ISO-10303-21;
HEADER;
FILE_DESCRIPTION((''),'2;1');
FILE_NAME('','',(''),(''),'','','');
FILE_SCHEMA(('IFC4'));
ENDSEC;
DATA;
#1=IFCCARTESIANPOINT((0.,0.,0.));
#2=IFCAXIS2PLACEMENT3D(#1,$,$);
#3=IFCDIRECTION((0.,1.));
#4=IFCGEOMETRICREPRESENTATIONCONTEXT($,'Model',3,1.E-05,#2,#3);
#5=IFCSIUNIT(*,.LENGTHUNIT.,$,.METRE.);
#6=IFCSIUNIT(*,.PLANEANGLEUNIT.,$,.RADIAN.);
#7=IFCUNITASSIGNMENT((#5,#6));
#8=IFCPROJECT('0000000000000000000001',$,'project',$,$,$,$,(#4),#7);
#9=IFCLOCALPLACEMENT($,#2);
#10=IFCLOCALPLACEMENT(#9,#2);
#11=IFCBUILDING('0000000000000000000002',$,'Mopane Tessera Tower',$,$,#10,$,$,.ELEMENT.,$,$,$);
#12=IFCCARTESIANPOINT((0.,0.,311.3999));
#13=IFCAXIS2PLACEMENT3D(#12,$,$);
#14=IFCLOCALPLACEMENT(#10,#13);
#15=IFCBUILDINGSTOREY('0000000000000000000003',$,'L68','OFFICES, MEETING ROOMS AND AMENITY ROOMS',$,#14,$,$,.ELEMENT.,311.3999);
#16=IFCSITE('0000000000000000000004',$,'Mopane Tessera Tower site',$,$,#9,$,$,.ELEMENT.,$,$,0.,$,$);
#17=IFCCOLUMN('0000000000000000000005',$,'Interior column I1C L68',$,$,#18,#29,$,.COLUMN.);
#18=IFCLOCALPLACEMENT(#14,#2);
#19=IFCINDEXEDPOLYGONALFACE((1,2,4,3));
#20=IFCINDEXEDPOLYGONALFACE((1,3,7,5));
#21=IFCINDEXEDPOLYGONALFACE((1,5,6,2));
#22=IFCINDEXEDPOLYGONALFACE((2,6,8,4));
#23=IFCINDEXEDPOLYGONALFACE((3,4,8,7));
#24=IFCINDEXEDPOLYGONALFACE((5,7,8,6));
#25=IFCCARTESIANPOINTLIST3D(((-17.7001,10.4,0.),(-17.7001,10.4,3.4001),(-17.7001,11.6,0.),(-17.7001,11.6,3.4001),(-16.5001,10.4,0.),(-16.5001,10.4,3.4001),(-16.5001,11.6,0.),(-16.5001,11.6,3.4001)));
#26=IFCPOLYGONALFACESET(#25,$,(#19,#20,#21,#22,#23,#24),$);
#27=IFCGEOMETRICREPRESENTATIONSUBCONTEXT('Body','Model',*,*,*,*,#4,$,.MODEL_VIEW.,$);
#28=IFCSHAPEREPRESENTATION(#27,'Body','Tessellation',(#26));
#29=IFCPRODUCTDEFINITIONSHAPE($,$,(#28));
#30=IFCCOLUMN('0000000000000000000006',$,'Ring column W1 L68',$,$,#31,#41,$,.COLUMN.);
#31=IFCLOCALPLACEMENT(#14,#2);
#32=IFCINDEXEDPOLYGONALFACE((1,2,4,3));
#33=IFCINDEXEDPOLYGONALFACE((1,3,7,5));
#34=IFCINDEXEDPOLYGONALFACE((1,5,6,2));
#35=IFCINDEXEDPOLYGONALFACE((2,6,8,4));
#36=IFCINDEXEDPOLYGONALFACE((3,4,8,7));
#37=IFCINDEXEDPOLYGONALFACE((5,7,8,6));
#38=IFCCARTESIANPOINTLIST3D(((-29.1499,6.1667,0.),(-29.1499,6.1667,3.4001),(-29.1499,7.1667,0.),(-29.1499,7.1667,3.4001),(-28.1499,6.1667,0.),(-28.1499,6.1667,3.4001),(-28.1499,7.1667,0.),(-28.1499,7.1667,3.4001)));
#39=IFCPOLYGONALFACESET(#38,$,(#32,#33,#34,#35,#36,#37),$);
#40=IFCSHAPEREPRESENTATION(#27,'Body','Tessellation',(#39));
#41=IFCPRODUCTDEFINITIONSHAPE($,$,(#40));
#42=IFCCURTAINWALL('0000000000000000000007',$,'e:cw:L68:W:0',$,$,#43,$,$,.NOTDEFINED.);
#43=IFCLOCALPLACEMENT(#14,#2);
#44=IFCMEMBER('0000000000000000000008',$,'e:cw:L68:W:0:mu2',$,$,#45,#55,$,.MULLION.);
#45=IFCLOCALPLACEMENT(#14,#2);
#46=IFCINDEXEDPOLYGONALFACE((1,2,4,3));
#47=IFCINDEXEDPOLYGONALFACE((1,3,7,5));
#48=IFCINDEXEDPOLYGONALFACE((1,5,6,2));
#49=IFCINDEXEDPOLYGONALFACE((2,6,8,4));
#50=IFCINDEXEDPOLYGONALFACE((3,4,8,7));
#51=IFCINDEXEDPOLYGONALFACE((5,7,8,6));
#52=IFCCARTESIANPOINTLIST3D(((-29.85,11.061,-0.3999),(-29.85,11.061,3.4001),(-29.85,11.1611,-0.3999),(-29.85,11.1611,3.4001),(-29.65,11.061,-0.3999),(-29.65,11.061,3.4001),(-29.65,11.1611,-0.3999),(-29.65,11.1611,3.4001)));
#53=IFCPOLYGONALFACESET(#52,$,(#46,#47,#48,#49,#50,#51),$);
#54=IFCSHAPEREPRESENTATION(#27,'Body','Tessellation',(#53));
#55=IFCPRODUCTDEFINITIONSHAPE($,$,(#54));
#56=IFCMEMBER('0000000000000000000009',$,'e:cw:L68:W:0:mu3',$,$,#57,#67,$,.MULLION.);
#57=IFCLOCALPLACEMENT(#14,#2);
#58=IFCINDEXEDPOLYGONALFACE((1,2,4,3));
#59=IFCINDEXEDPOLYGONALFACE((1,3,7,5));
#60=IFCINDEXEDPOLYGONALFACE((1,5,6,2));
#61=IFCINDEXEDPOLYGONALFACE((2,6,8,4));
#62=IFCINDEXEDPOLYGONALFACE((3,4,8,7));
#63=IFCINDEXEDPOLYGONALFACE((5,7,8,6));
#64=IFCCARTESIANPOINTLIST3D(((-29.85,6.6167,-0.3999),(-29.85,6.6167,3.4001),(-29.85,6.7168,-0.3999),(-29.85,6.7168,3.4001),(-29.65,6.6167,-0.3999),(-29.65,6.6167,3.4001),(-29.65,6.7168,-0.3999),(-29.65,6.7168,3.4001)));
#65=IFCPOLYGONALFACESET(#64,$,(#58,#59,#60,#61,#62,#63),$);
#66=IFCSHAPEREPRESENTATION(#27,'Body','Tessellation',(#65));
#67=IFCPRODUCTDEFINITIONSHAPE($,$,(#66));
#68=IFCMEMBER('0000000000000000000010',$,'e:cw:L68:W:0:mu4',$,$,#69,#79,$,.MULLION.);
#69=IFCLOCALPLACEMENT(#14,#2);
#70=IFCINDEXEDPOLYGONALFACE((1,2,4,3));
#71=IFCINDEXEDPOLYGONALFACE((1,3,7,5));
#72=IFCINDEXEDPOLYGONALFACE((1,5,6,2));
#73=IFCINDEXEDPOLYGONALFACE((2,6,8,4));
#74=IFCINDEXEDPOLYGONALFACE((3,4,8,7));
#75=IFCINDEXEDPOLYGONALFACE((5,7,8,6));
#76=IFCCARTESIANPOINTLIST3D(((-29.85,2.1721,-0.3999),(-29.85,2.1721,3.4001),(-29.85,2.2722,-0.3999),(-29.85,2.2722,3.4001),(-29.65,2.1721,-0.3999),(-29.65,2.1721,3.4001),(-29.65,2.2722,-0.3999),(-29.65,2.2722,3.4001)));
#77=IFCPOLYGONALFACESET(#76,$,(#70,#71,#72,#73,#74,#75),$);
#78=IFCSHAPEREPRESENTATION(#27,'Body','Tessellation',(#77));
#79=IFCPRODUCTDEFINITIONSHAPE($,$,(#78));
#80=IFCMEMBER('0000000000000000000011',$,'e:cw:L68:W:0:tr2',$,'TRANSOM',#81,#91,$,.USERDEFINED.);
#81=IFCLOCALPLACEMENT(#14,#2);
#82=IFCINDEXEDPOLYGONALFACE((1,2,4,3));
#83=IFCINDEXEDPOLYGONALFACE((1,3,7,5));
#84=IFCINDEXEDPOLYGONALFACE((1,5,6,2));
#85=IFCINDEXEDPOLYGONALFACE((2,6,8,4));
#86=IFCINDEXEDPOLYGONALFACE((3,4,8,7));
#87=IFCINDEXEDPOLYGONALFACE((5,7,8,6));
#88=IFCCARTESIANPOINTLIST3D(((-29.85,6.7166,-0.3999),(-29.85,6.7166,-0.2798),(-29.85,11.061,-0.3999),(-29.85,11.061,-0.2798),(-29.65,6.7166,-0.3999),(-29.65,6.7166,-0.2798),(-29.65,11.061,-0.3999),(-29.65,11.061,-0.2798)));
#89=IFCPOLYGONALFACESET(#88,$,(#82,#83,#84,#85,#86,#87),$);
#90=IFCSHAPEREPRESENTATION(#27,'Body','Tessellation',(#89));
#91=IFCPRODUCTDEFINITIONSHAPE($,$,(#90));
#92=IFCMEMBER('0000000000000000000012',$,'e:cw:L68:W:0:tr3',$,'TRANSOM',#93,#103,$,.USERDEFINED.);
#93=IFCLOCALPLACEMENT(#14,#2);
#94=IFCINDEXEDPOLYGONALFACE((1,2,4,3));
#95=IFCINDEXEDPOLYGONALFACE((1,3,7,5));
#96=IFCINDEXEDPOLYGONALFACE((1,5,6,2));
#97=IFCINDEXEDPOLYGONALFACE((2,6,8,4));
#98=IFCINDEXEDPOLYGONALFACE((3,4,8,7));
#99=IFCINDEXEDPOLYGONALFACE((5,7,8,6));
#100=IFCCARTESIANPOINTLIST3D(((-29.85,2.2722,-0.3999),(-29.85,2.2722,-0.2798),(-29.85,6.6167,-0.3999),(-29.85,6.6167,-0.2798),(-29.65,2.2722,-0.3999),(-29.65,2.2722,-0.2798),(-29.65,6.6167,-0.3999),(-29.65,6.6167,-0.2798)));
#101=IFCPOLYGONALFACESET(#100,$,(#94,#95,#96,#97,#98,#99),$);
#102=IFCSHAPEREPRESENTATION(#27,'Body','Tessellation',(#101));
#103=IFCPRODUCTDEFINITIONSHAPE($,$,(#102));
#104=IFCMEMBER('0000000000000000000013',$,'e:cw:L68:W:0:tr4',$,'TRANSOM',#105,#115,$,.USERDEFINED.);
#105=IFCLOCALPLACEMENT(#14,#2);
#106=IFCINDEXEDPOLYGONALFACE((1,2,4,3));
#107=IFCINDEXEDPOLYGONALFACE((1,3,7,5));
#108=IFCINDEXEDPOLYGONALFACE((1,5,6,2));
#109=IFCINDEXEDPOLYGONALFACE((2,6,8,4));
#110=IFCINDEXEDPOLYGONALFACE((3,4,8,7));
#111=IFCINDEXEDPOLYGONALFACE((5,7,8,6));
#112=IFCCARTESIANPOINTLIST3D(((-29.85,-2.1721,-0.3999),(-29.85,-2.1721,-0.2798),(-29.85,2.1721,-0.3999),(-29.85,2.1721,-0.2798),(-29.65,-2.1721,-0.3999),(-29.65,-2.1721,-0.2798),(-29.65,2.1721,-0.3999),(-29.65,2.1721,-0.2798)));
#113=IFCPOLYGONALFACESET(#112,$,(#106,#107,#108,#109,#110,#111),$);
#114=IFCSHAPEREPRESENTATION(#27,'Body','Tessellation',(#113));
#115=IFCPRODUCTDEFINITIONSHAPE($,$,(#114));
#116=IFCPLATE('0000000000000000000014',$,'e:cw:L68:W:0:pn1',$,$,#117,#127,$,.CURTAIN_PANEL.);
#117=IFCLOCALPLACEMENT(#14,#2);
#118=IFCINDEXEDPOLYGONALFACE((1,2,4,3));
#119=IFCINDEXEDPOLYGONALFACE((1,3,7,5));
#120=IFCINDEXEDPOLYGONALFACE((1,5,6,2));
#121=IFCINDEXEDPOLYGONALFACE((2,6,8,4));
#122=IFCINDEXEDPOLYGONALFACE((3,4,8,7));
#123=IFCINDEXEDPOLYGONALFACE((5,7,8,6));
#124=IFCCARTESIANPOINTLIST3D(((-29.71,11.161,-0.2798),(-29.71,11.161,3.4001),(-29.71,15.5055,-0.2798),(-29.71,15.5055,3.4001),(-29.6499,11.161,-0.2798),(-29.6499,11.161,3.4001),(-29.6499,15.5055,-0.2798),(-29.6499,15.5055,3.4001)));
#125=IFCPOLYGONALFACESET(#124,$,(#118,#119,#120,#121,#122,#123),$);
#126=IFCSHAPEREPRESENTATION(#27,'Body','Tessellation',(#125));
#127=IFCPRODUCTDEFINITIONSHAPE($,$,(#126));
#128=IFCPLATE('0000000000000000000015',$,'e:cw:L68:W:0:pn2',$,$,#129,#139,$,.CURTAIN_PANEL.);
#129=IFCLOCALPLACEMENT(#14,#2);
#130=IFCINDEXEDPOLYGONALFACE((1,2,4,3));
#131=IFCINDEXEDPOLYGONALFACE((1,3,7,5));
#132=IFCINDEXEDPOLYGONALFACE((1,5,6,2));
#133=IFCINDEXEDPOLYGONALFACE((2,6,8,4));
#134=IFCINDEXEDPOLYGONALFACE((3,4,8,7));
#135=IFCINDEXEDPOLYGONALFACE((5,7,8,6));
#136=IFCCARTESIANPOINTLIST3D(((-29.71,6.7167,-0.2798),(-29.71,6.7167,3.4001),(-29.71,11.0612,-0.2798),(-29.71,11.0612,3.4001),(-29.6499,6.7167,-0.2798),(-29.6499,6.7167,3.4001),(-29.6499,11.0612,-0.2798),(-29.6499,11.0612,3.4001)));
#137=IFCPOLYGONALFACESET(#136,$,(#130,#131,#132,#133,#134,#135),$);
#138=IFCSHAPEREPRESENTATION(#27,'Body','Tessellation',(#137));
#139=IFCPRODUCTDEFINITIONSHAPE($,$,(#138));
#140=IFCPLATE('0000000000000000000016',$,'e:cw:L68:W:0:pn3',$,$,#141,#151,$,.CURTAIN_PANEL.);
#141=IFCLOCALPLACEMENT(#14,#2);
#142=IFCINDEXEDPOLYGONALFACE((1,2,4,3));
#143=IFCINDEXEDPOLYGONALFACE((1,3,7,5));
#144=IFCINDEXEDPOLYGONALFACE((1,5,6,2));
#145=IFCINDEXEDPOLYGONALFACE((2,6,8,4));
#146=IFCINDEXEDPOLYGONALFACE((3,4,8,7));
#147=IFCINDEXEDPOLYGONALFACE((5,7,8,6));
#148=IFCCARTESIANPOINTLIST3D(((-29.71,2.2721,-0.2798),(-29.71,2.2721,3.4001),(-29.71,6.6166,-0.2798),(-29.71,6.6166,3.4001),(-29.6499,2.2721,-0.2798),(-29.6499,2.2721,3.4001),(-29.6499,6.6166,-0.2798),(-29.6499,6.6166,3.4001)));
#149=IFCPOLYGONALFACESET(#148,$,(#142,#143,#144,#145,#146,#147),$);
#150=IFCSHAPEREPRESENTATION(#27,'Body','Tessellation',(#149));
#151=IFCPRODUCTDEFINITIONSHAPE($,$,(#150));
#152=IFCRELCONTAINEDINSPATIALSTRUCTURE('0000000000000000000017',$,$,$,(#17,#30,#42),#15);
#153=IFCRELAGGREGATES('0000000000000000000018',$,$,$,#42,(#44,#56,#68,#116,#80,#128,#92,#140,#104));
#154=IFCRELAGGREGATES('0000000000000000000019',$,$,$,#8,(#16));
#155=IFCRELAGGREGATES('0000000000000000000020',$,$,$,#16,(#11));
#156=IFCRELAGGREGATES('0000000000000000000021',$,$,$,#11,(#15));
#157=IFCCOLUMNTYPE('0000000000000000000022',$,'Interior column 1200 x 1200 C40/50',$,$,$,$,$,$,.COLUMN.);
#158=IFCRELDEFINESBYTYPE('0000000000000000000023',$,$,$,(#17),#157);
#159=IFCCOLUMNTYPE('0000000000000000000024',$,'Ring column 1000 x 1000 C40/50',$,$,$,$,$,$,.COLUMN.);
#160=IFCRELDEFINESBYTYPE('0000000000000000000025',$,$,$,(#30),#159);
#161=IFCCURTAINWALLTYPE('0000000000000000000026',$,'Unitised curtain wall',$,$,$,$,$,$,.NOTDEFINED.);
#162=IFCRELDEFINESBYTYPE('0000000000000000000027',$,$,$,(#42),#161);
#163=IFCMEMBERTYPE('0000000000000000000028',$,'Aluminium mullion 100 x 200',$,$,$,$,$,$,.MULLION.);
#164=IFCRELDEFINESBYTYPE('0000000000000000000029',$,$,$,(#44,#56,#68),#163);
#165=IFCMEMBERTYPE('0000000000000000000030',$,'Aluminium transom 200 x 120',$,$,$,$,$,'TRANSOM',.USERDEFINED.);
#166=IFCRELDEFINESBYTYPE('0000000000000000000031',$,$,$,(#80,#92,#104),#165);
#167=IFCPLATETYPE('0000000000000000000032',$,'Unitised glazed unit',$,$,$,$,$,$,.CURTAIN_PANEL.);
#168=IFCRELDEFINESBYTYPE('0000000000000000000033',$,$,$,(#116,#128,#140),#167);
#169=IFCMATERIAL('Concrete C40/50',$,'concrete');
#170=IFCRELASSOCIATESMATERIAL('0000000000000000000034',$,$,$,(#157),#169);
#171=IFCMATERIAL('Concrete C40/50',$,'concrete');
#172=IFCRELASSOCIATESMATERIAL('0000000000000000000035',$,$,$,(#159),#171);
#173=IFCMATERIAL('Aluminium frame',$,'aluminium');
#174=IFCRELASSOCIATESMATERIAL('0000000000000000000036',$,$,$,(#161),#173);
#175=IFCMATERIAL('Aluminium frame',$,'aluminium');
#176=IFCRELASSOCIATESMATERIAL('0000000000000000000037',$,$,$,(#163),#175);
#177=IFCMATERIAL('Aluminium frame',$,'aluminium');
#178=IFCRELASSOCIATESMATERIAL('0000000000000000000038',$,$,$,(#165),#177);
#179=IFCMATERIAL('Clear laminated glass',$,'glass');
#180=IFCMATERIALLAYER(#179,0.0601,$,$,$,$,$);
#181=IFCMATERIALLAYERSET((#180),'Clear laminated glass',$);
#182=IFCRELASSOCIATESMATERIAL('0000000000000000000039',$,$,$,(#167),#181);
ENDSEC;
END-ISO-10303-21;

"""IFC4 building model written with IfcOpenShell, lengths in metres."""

from ifc_helpers import new_model, si_unit, direction, frame, origin, origin_2d, place, context, subcontext, project, spatial, rectangle, extrude, material, layer, layer_set, material_profile, profile_set, type_object, element, aggregate, save


model = new_model("IFC4")

# Units and contexts
model_context = context("Model", 3, precision=1e-05, world=origin(), true_north=direction((0.0, 1.0)))
body_context = subcontext(model_context, "Body", "Model", "MODEL_VIEW")
ifc_project = project(units=[si_unit("LENGTHUNIT", "METRE"), si_unit("PLANEANGLEUNIT", "RADIAN")], contexts=[model_context])

# Site, building, storey
site_placement = place(None, origin())
site = spatial("IfcSite", under=ifc_project, at=site_placement, Name="Mopane Tessera Tower site", CompositionType="ELEMENT", RefElevation=0.0)
building_placement = place(site_placement, origin())
building = spatial("IfcBuilding", under=site, at=building_placement, Name="Mopane Tessera Tower", CompositionType="ELEMENT")
storey_placement = place(building_placement, frame((0.0, 0.0, 311.3999)))
storey = spatial("IfcBuildingStorey", under=building, at=storey_placement, Name="L68", Description="OFFICES, MEETING ROOMS AND AMENITY ROOMS", CompositionType="ELEMENT", Elevation=311.3999)

# Columns
ifc_material_1 = material(Name="Concrete C40/50", Category="concrete")
ifc_material_profile_1 = material_profile(ifc_material_1, rectangle(XDim=1.2, YDim=1.2, at=origin_2d()))
ifc_profile_set_1 = profile_set([ifc_material_profile_1], Name="Concrete C40/50")
column_type_1 = type_object("IfcColumnType", Name="Interior column 1200 x 1200 C40/50", PredefinedType="COLUMN", material=ifc_profile_set_1)
column_1_placement = place(storey_placement, frame((-17.1001, 11.0, 0.0), z_axis=(0.0, 0.0, 1.0), x_axis=(1.0, 0.0, 0.0)))
element("IfcColumn", 1, at=column_1_placement, inside=storey, type_object=column_type_1, Name="Interior column I1C L68", PredefinedType="COLUMN", context=body_context, shape_type="SweptSolid", body=[
    extrude(rectangle(XDim=1.2, YDim=1.2, at=origin_2d()), origin(), (0.0, 0.0, 1.0), 3.4001),
])
ifc_material_2 = material(Name="Concrete C40/50", Category="concrete")
ifc_material_profile_2 = material_profile(ifc_material_2, rectangle(XDim=1.0, YDim=1.0, at=origin_2d()))
ifc_profile_set_2 = profile_set([ifc_material_profile_2], Name="Concrete C40/50")
column_type_2 = type_object("IfcColumnType", Name="Ring column 1000 x 1000 C40/50", PredefinedType="COLUMN", material=ifc_profile_set_2)
column_2_placement = place(storey_placement, frame((-28.6499, 6.6667, 0.0), z_axis=(0.0, 0.0, 1.0), x_axis=(1.0, 0.0, 0.0)))
element("IfcColumn", 2, at=column_2_placement, inside=storey, type_object=column_type_2, Name="Ring column W1 L68", PredefinedType="COLUMN", context=body_context, shape_type="SweptSolid", body=[
    extrude(rectangle(XDim=1.0, YDim=1.0, at=origin_2d()), origin(), (0.0, 0.0, 1.0), 3.4001),
])

# Curtain wall, members, plates
ifc_material_3 = material(Name="Aluminium frame", Category="aluminium")
curtain_wall_type = type_object("IfcCurtainWallType", Name="Unitised curtain wall", PredefinedType="NOTDEFINED", material=ifc_material_3)
curtain_wall_placement = place(storey_placement, origin())
curtain_wall = element("IfcCurtainWall", 3, at=curtain_wall_placement, inside=storey, type_object=curtain_wall_type, Name="e:cw:L68:W:0", PredefinedType="NOTDEFINED")
ifc_material_4 = material(Name="Aluminium frame", Category="aluminium")
ifc_material_profile_3 = material_profile(ifc_material_4, rectangle(XDim=0.1001, YDim=0.2, at=origin_2d()))
ifc_profile_set_3 = profile_set([ifc_material_profile_3], Name="Aluminium frame")
member_type_1 = type_object("IfcMemberType", Name="Aluminium mullion 100 x 200", PredefinedType="MULLION", material=ifc_profile_set_3)
member_1_placement = place(storey_placement, frame((-29.75, 11.1111, -0.3999), z_axis=(0.0, 0.0, 1.0), x_axis=(0.0, -1.0, 0.0)))
member_1 = element("IfcMember", 4, at=member_1_placement, type_object=member_type_1, Name="e:cw:L68:W:0:mu2", PredefinedType="MULLION", context=body_context, shape_type="SweptSolid", body=[
    extrude(rectangle(XDim=0.1001, YDim=0.2, at=origin_2d()), origin(), (0.0, 0.0, 1.0), 3.8),
])
member_2_placement = place(storey_placement, frame((-29.75, 6.6667, -0.3999), z_axis=(0.0, 0.0, 1.0), x_axis=(0.0, -1.0, 0.0)))
member_2 = element("IfcMember", 5, at=member_2_placement, type_object=member_type_1, Name="e:cw:L68:W:0:mu3", PredefinedType="MULLION", context=body_context, shape_type="SweptSolid", body=[
    extrude(rectangle(XDim=0.1001, YDim=0.2, at=origin_2d()), origin(), (0.0, 0.0, 1.0), 3.8),
])
member_3_placement = place(storey_placement, frame((-29.75, 2.2222, -0.3999), z_axis=(0.0, 0.0, 1.0), x_axis=(0.0, -1.0, 0.0)))
member_3 = element("IfcMember", 6, at=member_3_placement, type_object=member_type_1, Name="e:cw:L68:W:0:mu4", PredefinedType="MULLION", context=body_context, shape_type="SweptSolid", body=[
    extrude(rectangle(XDim=0.1001, YDim=0.2, at=origin_2d()), origin(), (0.0, 0.0, 1.0), 3.8),
])
ifc_material_5 = material(Name="Aluminium frame", Category="aluminium")
ifc_material_profile_4 = material_profile(ifc_material_5, rectangle(XDim=0.2, YDim=0.1201, at=origin_2d()))
ifc_profile_set_4 = profile_set([ifc_material_profile_4], Name="Aluminium frame")
member_type_2 = type_object("IfcMemberType", Name="Aluminium transom 200 x 120", ElementType="TRANSOM", PredefinedType="USERDEFINED", material=ifc_profile_set_4)
member_4_placement = place(storey_placement, frame((-29.75, 11.061, -0.3398), z_axis=(0.0, -1.0, 0.0), x_axis=(1.0, 0.0, 0.0)))
member_4 = element("IfcMember", 7, at=member_4_placement, type_object=member_type_2, Name="e:cw:L68:W:0:tr2", ObjectType="TRANSOM", PredefinedType="USERDEFINED", context=body_context, shape_type="SweptSolid", body=[
    extrude(rectangle(XDim=0.2, YDim=0.1201, at=origin_2d()), origin(), (0.0, 0.0, 1.0), 4.3445),
])
member_5_placement = place(storey_placement, frame((-29.75, 6.6167, -0.3398), z_axis=(0.0, -1.0, 0.0), x_axis=(1.0, 0.0, 0.0)))
member_5 = element("IfcMember", 8, at=member_5_placement, type_object=member_type_2, Name="e:cw:L68:W:0:tr3", ObjectType="TRANSOM", PredefinedType="USERDEFINED", context=body_context, shape_type="SweptSolid", body=[
    extrude(rectangle(XDim=0.2, YDim=0.1201, at=origin_2d()), origin(), (0.0, 0.0, 1.0), 4.3445),
])
member_6_placement = place(storey_placement, frame((-29.75, 2.1721, -0.3398), z_axis=(0.0, -1.0, 0.0), x_axis=(1.0, 0.0, 0.0)))
member_6 = element("IfcMember", 9, at=member_6_placement, type_object=member_type_2, Name="e:cw:L68:W:0:tr4", ObjectType="TRANSOM", PredefinedType="USERDEFINED", context=body_context, shape_type="SweptSolid", body=[
    extrude(rectangle(XDim=0.2, YDim=0.1201, at=origin_2d()), origin(), (0.0, 0.0, 1.0), 4.3442),
])
ifc_material_6 = material(Name="Clear laminated glass", Category="glass")
ifc_layer_1 = layer(ifc_material_6, 0.0601)
ifc_layer_set_1 = layer_set([ifc_layer_1], Name="Clear laminated glass")
plate_type = type_object("IfcPlateType", Name="Unitised glazed unit", PredefinedType="CURTAIN_PANEL", material=ifc_layer_set_1)
plate_1_placement = place(storey_placement, frame((-29.6799, 13.3333, -0.2798), z_axis=(0.0, 0.0, 1.0), x_axis=(0.0, -1.0, 0.0)))
plate_1 = element("IfcPlate", 10, at=plate_1_placement, type_object=plate_type, Name="e:cw:L68:W:0:pn1", PredefinedType="CURTAIN_PANEL", context=body_context, shape_type="SweptSolid", body=[
    extrude(rectangle(XDim=4.3445, YDim=0.0601, at=origin_2d()), origin(), (0.0, 0.0, 1.0), 3.6799),
])
plate_2_placement = place(storey_placement, frame((-29.6799, 8.8889, -0.2798), z_axis=(0.0, 0.0, 1.0), x_axis=(0.0, -1.0, 0.0)))
plate_2 = element("IfcPlate", 11, at=plate_2_placement, type_object=plate_type, Name="e:cw:L68:W:0:pn2", PredefinedType="CURTAIN_PANEL", context=body_context, shape_type="SweptSolid", body=[
    extrude(rectangle(XDim=4.3445, YDim=0.0601, at=origin_2d()), origin(), (0.0, 0.0, 1.0), 3.6799),
])
plate_3_placement = place(storey_placement, frame((-29.6799, 4.4443, -0.2798), z_axis=(0.0, 0.0, 1.0), x_axis=(0.0, -1.0, 0.0)))
plate_3 = element("IfcPlate", 12, at=plate_3_placement, type_object=plate_type, Name="e:cw:L68:W:0:pn3", PredefinedType="CURTAIN_PANEL", context=body_context, shape_type="SweptSolid", body=[
    extrude(rectangle(XDim=4.3445, YDim=0.0601, at=origin_2d()), origin(), (0.0, 0.0, 1.0), 3.6799),
])
aggregate(curtain_wall, [member_1, member_2, member_3, plate_1, member_4, plate_2, member_5, plate_3, member_6])

save(model, "model.ifc")
